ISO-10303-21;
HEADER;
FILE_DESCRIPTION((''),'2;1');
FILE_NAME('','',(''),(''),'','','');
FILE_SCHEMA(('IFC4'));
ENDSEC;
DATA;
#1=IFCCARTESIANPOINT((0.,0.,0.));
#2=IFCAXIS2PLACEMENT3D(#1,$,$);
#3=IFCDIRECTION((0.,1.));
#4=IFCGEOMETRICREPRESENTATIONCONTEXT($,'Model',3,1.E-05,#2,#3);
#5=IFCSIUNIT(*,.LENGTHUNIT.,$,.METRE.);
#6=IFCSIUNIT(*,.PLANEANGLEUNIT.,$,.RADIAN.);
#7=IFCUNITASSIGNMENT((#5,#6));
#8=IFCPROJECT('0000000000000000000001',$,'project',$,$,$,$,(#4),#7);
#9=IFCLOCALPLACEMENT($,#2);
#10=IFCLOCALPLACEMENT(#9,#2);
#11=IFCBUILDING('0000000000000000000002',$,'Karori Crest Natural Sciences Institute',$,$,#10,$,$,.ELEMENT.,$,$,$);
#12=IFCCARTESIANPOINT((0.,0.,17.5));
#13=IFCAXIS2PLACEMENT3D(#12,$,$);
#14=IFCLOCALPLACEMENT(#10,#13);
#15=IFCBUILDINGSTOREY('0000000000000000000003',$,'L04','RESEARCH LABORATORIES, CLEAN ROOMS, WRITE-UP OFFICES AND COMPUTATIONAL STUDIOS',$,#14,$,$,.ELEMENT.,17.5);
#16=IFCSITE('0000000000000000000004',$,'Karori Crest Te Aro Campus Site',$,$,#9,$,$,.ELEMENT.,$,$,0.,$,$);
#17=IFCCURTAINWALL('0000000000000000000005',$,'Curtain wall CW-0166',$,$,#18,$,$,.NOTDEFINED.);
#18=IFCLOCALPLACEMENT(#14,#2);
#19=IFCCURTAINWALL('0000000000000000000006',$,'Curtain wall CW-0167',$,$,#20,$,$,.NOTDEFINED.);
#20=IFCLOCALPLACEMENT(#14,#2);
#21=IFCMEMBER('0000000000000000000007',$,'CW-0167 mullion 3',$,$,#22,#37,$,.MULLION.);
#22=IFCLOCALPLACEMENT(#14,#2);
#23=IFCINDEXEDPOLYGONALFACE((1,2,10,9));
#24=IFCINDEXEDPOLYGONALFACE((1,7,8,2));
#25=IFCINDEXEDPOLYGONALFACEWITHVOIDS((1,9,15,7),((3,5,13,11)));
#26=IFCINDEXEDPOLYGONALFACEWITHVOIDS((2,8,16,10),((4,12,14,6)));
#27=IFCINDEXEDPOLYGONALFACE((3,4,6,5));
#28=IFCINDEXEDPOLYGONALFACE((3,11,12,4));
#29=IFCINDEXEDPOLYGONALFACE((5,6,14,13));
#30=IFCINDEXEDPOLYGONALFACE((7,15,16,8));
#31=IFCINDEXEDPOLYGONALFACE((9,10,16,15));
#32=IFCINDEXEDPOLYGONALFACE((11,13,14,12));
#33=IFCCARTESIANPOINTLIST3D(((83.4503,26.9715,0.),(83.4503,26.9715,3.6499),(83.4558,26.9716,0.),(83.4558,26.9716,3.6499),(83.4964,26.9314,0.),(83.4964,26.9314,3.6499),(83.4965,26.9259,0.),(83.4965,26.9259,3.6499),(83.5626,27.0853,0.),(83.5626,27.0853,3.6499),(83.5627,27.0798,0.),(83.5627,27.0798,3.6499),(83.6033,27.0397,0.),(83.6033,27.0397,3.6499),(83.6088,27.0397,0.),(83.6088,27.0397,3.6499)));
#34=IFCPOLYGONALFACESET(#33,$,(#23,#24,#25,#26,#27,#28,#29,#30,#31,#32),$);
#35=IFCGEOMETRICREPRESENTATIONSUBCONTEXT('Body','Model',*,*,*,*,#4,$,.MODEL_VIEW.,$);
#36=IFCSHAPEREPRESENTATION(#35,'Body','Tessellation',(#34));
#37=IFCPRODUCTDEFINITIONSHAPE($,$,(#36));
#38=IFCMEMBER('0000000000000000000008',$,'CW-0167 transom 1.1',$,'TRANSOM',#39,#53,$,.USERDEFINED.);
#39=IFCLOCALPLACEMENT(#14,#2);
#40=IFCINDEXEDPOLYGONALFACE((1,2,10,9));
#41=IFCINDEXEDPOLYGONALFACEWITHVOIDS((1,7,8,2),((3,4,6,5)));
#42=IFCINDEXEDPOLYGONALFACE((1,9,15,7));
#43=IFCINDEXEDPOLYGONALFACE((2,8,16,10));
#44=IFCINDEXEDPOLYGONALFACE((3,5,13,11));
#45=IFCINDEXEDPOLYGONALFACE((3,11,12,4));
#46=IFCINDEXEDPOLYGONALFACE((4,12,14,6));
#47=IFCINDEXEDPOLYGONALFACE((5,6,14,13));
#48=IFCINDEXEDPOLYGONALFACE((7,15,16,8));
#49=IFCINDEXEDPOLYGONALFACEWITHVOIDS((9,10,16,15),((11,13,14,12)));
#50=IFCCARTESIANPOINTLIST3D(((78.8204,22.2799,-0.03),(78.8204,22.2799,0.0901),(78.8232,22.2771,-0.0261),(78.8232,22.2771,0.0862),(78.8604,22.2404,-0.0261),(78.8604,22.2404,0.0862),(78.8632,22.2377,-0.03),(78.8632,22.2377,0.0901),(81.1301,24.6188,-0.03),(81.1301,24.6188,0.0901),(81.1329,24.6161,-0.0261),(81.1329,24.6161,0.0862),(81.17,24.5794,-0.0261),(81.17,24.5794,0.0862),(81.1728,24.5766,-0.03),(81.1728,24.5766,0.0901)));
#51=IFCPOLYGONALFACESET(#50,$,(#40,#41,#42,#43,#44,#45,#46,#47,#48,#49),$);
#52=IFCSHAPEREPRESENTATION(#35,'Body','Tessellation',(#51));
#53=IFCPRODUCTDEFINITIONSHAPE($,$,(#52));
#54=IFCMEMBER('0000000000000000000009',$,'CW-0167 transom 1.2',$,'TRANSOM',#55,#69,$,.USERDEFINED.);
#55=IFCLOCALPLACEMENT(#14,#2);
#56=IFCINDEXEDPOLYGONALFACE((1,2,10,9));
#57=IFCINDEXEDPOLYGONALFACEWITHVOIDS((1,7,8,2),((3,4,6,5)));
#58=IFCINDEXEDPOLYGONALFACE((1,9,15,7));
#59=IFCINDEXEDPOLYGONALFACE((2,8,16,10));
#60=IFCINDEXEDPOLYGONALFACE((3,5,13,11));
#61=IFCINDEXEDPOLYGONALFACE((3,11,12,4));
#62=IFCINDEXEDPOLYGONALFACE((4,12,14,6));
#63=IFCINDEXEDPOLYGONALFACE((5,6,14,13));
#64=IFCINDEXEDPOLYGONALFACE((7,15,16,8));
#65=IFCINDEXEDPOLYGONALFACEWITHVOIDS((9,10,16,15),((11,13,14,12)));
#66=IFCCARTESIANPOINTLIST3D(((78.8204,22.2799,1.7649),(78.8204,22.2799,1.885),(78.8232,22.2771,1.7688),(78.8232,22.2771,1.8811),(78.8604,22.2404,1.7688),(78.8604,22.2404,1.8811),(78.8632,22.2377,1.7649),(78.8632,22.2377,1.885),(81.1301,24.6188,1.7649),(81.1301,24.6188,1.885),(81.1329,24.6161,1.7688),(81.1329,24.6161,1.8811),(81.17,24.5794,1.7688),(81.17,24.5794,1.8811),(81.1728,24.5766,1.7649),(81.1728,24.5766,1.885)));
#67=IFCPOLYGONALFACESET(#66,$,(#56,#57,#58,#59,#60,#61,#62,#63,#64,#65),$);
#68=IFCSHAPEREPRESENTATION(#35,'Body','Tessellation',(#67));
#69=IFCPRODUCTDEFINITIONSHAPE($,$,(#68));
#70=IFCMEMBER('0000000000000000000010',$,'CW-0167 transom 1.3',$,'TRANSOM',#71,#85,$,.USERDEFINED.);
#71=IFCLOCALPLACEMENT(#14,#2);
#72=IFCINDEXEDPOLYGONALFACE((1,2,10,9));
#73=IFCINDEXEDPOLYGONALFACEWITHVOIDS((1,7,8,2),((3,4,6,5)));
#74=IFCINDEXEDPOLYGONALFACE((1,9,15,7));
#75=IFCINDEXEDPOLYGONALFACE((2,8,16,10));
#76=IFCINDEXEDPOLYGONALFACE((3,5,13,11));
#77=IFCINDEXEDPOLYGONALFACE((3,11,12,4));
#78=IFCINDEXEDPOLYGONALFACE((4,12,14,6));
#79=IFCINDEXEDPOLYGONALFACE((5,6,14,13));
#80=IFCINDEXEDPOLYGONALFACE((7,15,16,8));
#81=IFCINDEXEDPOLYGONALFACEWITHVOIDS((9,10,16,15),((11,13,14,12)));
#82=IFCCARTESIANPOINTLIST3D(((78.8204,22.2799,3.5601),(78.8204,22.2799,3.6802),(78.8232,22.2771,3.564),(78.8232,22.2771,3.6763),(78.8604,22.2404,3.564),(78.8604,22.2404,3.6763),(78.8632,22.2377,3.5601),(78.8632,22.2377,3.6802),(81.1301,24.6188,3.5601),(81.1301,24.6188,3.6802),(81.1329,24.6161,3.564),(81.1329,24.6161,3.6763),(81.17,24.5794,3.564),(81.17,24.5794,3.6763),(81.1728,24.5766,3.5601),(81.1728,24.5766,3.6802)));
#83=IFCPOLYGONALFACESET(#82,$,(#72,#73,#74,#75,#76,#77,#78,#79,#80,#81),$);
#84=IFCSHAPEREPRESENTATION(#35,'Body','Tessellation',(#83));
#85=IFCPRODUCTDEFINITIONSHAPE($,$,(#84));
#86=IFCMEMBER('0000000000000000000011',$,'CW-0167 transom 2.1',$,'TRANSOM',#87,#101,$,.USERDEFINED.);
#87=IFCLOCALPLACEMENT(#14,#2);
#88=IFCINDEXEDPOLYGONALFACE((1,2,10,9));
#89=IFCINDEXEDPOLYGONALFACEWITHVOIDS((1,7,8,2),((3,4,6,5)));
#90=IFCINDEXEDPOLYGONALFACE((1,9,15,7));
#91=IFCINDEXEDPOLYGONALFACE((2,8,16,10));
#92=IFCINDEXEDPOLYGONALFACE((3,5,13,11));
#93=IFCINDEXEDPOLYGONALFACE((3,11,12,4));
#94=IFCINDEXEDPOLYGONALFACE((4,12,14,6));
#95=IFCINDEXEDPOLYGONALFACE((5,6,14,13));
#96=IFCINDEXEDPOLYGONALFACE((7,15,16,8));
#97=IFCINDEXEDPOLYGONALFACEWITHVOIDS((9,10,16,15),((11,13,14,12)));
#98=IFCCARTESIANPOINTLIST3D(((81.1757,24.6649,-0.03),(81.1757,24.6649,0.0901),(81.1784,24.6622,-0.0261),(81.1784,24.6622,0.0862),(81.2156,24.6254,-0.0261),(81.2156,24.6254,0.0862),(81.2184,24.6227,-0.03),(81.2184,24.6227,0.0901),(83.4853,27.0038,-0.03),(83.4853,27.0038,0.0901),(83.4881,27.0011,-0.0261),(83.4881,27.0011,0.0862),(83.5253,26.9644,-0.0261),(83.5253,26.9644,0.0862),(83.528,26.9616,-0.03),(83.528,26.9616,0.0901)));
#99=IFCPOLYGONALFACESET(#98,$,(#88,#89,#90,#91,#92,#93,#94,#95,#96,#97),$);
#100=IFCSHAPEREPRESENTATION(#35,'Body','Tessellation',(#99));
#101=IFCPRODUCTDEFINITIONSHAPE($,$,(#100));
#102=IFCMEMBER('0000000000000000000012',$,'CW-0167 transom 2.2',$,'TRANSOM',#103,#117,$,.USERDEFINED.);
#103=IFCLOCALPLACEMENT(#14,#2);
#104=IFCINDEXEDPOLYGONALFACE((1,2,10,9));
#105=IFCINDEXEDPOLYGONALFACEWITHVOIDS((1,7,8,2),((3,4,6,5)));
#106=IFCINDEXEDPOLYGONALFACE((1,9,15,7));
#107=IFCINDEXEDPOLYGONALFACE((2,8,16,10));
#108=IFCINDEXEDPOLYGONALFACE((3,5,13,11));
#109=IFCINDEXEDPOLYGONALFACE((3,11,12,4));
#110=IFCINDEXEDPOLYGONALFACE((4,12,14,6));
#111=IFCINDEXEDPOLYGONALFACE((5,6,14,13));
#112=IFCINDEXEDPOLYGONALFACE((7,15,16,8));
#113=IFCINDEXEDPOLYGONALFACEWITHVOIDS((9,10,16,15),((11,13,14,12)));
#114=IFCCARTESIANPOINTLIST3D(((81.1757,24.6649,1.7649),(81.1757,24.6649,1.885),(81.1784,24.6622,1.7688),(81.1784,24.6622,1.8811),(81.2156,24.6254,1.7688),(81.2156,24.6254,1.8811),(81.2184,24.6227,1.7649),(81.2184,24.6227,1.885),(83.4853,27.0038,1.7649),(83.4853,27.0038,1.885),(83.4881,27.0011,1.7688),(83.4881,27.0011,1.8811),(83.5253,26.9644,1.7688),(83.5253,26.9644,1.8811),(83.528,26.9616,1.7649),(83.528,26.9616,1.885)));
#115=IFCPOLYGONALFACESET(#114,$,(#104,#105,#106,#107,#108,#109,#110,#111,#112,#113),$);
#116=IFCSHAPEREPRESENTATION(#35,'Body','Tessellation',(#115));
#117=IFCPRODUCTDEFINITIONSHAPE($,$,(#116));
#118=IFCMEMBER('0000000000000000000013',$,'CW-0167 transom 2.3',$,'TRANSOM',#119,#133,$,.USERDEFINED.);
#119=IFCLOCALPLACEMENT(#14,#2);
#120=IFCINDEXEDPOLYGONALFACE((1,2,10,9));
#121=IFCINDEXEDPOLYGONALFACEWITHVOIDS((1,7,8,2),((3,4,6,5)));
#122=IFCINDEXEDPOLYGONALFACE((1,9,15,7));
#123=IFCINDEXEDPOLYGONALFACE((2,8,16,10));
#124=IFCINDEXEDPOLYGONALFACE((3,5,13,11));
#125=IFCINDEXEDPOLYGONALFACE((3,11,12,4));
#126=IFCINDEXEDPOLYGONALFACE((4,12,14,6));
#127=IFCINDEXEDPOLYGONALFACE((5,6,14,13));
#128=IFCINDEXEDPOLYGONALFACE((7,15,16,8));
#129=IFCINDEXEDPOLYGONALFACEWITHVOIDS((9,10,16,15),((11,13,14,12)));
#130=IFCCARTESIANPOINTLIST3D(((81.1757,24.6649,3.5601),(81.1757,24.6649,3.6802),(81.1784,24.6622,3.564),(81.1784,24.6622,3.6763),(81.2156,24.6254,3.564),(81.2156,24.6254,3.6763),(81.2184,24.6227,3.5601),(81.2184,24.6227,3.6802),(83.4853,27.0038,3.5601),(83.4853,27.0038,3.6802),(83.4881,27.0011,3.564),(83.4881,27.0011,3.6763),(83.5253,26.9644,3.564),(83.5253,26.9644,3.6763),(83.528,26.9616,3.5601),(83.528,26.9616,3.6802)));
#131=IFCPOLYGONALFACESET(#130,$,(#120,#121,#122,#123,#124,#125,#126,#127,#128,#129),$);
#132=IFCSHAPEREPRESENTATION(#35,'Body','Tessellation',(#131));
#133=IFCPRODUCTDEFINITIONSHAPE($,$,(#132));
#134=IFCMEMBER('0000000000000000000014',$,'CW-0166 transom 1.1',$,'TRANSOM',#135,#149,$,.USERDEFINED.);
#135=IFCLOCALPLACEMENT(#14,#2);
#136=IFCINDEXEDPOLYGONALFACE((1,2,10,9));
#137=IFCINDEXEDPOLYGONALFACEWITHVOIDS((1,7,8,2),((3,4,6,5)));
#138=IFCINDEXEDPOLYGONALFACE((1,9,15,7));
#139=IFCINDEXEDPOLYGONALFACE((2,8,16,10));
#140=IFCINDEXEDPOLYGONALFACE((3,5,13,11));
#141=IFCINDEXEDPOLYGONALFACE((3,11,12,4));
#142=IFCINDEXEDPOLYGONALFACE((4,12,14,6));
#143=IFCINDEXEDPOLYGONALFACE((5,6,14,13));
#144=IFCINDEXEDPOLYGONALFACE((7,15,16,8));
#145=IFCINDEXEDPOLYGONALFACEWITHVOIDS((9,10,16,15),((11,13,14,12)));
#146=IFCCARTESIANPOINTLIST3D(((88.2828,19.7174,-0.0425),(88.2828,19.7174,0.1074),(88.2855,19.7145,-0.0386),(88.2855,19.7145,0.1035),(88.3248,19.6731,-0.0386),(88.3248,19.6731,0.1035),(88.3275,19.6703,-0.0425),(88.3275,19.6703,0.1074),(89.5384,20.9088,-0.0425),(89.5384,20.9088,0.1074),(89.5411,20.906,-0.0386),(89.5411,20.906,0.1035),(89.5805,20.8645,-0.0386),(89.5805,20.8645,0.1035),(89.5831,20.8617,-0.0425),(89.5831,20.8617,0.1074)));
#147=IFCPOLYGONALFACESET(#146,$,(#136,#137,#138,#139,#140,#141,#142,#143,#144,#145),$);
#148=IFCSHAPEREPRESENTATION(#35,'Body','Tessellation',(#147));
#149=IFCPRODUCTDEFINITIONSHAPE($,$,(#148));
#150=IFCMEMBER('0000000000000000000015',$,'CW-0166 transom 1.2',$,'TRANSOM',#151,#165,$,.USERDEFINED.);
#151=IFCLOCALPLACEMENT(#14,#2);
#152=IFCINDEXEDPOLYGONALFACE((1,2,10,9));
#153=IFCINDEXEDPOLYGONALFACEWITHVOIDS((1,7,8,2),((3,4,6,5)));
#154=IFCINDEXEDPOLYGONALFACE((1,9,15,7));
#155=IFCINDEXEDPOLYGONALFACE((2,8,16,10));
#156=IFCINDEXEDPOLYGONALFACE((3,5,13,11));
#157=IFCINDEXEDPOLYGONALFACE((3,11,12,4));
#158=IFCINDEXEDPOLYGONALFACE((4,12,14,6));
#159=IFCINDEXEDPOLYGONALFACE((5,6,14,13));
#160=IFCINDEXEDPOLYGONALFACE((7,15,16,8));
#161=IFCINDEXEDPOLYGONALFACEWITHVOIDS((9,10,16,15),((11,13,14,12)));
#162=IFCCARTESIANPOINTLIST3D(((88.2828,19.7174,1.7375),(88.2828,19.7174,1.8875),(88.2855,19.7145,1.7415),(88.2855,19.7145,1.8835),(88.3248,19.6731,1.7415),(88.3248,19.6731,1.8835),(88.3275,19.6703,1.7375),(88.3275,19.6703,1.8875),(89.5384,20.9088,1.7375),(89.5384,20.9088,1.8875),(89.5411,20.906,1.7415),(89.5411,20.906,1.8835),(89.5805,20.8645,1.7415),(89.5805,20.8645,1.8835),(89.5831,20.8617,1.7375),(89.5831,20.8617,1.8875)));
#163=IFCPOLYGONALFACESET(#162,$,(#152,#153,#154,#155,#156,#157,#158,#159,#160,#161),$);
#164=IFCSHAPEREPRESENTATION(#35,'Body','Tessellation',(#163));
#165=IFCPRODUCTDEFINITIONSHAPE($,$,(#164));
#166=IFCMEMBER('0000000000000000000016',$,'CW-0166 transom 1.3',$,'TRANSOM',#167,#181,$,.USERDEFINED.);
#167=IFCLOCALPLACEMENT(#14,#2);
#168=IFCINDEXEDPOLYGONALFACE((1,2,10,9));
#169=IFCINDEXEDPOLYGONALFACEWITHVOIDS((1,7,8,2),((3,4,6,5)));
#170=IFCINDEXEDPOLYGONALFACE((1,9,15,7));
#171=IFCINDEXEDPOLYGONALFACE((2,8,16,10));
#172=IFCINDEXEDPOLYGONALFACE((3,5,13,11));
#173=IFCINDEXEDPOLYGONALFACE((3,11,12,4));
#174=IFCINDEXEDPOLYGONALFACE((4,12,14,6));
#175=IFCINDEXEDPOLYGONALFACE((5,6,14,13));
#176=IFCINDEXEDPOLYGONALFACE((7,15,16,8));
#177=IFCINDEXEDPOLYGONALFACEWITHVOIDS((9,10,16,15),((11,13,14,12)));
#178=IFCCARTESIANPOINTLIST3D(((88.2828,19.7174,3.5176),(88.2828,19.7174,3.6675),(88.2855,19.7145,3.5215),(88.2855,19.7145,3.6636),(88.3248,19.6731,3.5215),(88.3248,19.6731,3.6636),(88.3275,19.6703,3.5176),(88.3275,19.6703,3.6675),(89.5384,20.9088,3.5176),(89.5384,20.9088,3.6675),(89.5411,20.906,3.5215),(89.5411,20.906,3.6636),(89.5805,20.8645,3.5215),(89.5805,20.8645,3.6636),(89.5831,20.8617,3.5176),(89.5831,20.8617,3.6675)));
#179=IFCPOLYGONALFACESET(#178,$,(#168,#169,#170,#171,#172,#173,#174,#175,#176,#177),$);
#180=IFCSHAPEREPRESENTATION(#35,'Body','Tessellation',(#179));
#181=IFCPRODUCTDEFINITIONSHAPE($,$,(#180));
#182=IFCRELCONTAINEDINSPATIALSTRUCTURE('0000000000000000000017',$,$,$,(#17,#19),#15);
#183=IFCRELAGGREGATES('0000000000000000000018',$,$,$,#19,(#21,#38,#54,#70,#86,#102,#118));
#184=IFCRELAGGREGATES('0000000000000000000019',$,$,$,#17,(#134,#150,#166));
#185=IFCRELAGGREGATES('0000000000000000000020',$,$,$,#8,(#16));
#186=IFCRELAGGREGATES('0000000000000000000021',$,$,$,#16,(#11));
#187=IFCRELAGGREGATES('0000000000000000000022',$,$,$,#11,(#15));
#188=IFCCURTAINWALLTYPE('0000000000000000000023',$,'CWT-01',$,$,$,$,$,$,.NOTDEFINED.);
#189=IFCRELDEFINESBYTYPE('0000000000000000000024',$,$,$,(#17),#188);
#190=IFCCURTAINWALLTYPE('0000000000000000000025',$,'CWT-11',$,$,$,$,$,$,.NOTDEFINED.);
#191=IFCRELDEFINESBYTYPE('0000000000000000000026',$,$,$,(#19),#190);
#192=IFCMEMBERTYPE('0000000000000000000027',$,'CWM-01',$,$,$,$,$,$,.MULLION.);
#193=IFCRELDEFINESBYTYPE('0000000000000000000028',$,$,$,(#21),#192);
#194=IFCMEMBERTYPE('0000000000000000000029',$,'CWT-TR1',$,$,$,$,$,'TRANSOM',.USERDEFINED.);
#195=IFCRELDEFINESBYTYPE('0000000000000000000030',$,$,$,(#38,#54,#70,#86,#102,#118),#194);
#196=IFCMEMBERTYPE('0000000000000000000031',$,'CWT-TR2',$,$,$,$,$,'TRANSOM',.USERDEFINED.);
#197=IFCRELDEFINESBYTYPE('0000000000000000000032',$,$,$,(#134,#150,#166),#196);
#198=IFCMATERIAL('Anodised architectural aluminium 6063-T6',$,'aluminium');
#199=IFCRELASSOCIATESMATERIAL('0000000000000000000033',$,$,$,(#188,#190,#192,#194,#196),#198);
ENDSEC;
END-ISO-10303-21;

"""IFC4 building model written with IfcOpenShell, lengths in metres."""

from ifc_helpers import new_model, si_unit, direction, frame, origin, origin_2d, place, context, subcontext, project, spatial, hollow_rectangle, extrude, material, material_profile, profile_set, type_object, element, aggregate, save


model = new_model("IFC4")

# Units and contexts
model_context = context("Model", 3, precision=1e-05, world=origin(), true_north=direction((0.0, 1.0)))
body_context = subcontext(model_context, "Body", "Model", "MODEL_VIEW")
ifc_project = project(units=[si_unit("LENGTHUNIT", "METRE"), si_unit("PLANEANGLEUNIT", "RADIAN")], contexts=[model_context])

# Site, building, storey
site_placement = place(None, origin())
site = spatial("IfcSite", under=ifc_project, at=site_placement, Name="Karori Crest Te Aro Campus Site", CompositionType="ELEMENT", RefElevation=0.0)
building_placement = place(site_placement, origin())
building = spatial("IfcBuilding", under=site, at=building_placement, Name="Karori Crest Natural Sciences Institute", CompositionType="ELEMENT")
storey_placement = place(building_placement, frame((0.0, 0.0, 17.5)))
storey = spatial("IfcBuildingStorey", under=building, at=storey_placement, Name="L04", Description="RESEARCH LABORATORIES, CLEAN ROOMS, WRITE-UP OFFICES AND COMPUTATIONAL STUDIOS", CompositionType="ELEMENT", Elevation=17.5)

# Curtain wall
ifc_material_1 = material(Name="Anodised architectural aluminium 6063-T6", Category="aluminium")
curtain_wall_type_1 = type_object("IfcCurtainWallType", Name="CWT-01", PredefinedType="NOTDEFINED", material=ifc_material_1)
curtain_wall_1_placement = place(storey_placement, origin())
curtain_wall_1 = element("IfcCurtainWall", 1, at=curtain_wall_1_placement, inside=storey, type_object=curtain_wall_type_1, Name="Curtain wall CW-0166", PredefinedType="NOTDEFINED")
ifc_material_profile_1 = material_profile(ifc_material_1, hollow_rectangle(XDim=0.0649, YDim=0.1599, WallThickness=0.0039, at=origin_2d()), Name="CWM160x65x4")
ifc_profile_set_1 = profile_set([ifc_material_profile_1], Name="Anodised architectural aluminium 6063-T6")
member_type_1 = type_object("IfcMemberType", Name="CWM-01", PredefinedType="MULLION", material=ifc_profile_set_1)

# Curtain wall, members
curtain_wall_type_2 = type_object("IfcCurtainWallType", Name="CWT-11", PredefinedType="NOTDEFINED", material=ifc_material_1)
curtain_wall_2_placement = place(storey_placement, origin())
curtain_wall_2 = element("IfcCurtainWall", 2, at=curtain_wall_2_placement, inside=storey, type_object=curtain_wall_type_2, Name="Curtain wall CW-0167", PredefinedType="NOTDEFINED")
member_1_placement = place(storey_placement, frame((83.5295, 27.0056, 0.0), z_axis=(0.0, 0.0, 1.0), x_axis=(-0.711525, 0.702661, 0.0)))
member_1 = element("IfcMember", 3, at=member_1_placement, type_object=member_type_1, Name="CW-0167 mullion 3", PredefinedType="MULLION", context=body_context, shape_type="SweptSolid", body=[
    extrude(hollow_rectangle(XDim=0.0649, YDim=0.1599, WallThickness=0.0039, at=origin_2d()), origin(), (0.0, 0.0, 1.0), 3.6499),
])
ifc_material_profile_2 = material_profile(ifc_material_1, hollow_rectangle(XDim=0.0601, YDim=0.1201, WallThickness=0.0039, at=origin_2d()), Name="CWT120x60x4")
ifc_profile_set_2 = profile_set([ifc_material_profile_2], Name="Anodised architectural aluminium 6063-T6")
member_type_2 = type_object("IfcMemberType", Name="CWT-TR1", ElementType="TRANSOM", PredefinedType="USERDEFINED", material=ifc_profile_set_2)
member_2_placement = place(storey_placement, frame((78.8418, 22.2588, 0.03), z_axis=(0.702636, 0.711549, 0.0), x_axis=(-0.711549, 0.702636, 0.0)))
member_2 = element("IfcMember", 4, at=member_2_placement, type_object=member_type_2, Name="CW-0167 transom 1.1", ObjectType="TRANSOM", PredefinedType="USERDEFINED", context=body_context, shape_type="SweptSolid", body=[
    extrude(hollow_rectangle(XDim=0.0601, YDim=0.1201, WallThickness=0.0039, at=origin_2d()), origin(), (0.0, 0.0, 1.0), 3.2871),
])
member_3_placement = place(storey_placement, frame((78.8418, 22.2588, 1.825), z_axis=(0.702636, 0.711549, 0.0), x_axis=(-0.711549, 0.702636, 0.0)))
member_3 = element("IfcMember", 5, at=member_3_placement, type_object=member_type_2, Name="CW-0167 transom 1.2", ObjectType="TRANSOM", PredefinedType="USERDEFINED", context=body_context, shape_type="SweptSolid", body=[
    extrude(hollow_rectangle(XDim=0.0601, YDim=0.1201, WallThickness=0.0039, at=origin_2d()), origin(), (0.0, 0.0, 1.0), 3.2871),
])
member_4_placement = place(storey_placement, frame((78.8418, 22.2588, 3.6201), z_axis=(0.702636, 0.711549, 0.0), x_axis=(-0.711549, 0.702636, 0.0)))
member_4 = element("IfcMember", 6, at=member_4_placement, type_object=member_type_2, Name="CW-0167 transom 1.3", ObjectType="TRANSOM", PredefinedType="USERDEFINED", context=body_context, shape_type="SweptSolid", body=[
    extrude(hollow_rectangle(XDim=0.0601, YDim=0.1201, WallThickness=0.0039, at=origin_2d()), origin(), (0.0, 0.0, 1.0), 3.2871),
])
member_5_placement = place(storey_placement, frame((81.197, 24.6438, 0.03), z_axis=(0.702636, 0.711549, 0.0), x_axis=(-0.711549, 0.702636, 0.0)))
member_5 = element("IfcMember", 7, at=member_5_placement, type_object=member_type_2, Name="CW-0167 transom 2.1", ObjectType="TRANSOM", PredefinedType="USERDEFINED", context=body_context, shape_type="SweptSolid", body=[
    extrude(hollow_rectangle(XDim=0.0601, YDim=0.1201, WallThickness=0.0039, at=origin_2d()), origin(), (0.0, 0.0, 1.0), 3.2871),
])
member_6_placement = place(storey_placement, frame((81.197, 24.6438, 1.825), z_axis=(0.702636, 0.711549, 0.0), x_axis=(-0.711549, 0.702636, 0.0)))
member_6 = element("IfcMember", 8, at=member_6_placement, type_object=member_type_2, Name="CW-0167 transom 2.2", ObjectType="TRANSOM", PredefinedType="USERDEFINED", context=body_context, shape_type="SweptSolid", body=[
    extrude(hollow_rectangle(XDim=0.0601, YDim=0.1201, WallThickness=0.0039, at=origin_2d()), origin(), (0.0, 0.0, 1.0), 3.2871),
])
member_7_placement = place(storey_placement, frame((81.197, 24.6438, 3.6201), z_axis=(0.702636, 0.711549, 0.0), x_axis=(-0.711549, 0.702636, 0.0)))
member_7 = element("IfcMember", 9, at=member_7_placement, type_object=member_type_2, Name="CW-0167 transom 2.3", ObjectType="TRANSOM", PredefinedType="USERDEFINED", context=body_context, shape_type="SweptSolid", body=[
    extrude(hollow_rectangle(XDim=0.0601, YDim=0.1201, WallThickness=0.0039, at=origin_2d()), origin(), (0.0, 0.0, 1.0), 3.2871),
])

# Members
ifc_material_profile_3 = material_profile(ifc_material_1, hollow_rectangle(XDim=0.0649, YDim=0.1499, WallThickness=0.0039, at=origin_2d()), Name="CWT150x65x4")
ifc_profile_set_3 = profile_set([ifc_material_profile_3], Name="Anodised architectural aluminium 6063-T6")
member_type_3 = type_object("IfcMemberType", Name="CWT-TR2", ElementType="TRANSOM", PredefinedType="USERDEFINED", material=ifc_profile_set_3)
member_8_placement = place(storey_placement, frame((89.5608, 20.8853, 0.0325), z_axis=(-0.725411, -0.688316, 0.0), x_axis=(0.688316, -0.725411, 0.0)))
member_8 = element("IfcMember", 10, at=member_8_placement, type_object=member_type_3, Name="CW-0166 transom 1.1", ObjectType="TRANSOM", PredefinedType="USERDEFINED", context=body_context, shape_type="SweptSolid", body=[
    extrude(hollow_rectangle(XDim=0.0649, YDim=0.1499, WallThickness=0.0039, at=origin_2d()), origin(), (0.0, 0.0, 1.0), 1.731),
])
member_9_placement = place(storey_placement, frame((89.5608, 20.8853, 1.8125), z_axis=(-0.725411, -0.688316, 0.0), x_axis=(0.688316, -0.725411, 0.0)))
member_9 = element("IfcMember", 11, at=member_9_placement, type_object=member_type_3, Name="CW-0166 transom 1.2", ObjectType="TRANSOM", PredefinedType="USERDEFINED", context=body_context, shape_type="SweptSolid", body=[
    extrude(hollow_rectangle(XDim=0.0649, YDim=0.1499, WallThickness=0.0039, at=origin_2d()), origin(), (0.0, 0.0, 1.0), 1.731),
])
member_10_placement = place(storey_placement, frame((89.5608, 20.8853, 3.5925), z_axis=(-0.725411, -0.688316, 0.0), x_axis=(0.688316, -0.725411, 0.0)))
member_10 = element("IfcMember", 12, at=member_10_placement, type_object=member_type_3, Name="CW-0166 transom 1.3", ObjectType="TRANSOM", PredefinedType="USERDEFINED", context=body_context, shape_type="SweptSolid", body=[
    extrude(hollow_rectangle(XDim=0.0649, YDim=0.1499, WallThickness=0.0039, at=origin_2d()), origin(), (0.0, 0.0, 1.0), 1.731),
])

aggregate(curtain_wall_2, [member_1, member_2, member_3, member_4, member_5, member_6, member_7])
aggregate(curtain_wall_1, [member_8, member_9, member_10])

save(model, "model.ifc")
